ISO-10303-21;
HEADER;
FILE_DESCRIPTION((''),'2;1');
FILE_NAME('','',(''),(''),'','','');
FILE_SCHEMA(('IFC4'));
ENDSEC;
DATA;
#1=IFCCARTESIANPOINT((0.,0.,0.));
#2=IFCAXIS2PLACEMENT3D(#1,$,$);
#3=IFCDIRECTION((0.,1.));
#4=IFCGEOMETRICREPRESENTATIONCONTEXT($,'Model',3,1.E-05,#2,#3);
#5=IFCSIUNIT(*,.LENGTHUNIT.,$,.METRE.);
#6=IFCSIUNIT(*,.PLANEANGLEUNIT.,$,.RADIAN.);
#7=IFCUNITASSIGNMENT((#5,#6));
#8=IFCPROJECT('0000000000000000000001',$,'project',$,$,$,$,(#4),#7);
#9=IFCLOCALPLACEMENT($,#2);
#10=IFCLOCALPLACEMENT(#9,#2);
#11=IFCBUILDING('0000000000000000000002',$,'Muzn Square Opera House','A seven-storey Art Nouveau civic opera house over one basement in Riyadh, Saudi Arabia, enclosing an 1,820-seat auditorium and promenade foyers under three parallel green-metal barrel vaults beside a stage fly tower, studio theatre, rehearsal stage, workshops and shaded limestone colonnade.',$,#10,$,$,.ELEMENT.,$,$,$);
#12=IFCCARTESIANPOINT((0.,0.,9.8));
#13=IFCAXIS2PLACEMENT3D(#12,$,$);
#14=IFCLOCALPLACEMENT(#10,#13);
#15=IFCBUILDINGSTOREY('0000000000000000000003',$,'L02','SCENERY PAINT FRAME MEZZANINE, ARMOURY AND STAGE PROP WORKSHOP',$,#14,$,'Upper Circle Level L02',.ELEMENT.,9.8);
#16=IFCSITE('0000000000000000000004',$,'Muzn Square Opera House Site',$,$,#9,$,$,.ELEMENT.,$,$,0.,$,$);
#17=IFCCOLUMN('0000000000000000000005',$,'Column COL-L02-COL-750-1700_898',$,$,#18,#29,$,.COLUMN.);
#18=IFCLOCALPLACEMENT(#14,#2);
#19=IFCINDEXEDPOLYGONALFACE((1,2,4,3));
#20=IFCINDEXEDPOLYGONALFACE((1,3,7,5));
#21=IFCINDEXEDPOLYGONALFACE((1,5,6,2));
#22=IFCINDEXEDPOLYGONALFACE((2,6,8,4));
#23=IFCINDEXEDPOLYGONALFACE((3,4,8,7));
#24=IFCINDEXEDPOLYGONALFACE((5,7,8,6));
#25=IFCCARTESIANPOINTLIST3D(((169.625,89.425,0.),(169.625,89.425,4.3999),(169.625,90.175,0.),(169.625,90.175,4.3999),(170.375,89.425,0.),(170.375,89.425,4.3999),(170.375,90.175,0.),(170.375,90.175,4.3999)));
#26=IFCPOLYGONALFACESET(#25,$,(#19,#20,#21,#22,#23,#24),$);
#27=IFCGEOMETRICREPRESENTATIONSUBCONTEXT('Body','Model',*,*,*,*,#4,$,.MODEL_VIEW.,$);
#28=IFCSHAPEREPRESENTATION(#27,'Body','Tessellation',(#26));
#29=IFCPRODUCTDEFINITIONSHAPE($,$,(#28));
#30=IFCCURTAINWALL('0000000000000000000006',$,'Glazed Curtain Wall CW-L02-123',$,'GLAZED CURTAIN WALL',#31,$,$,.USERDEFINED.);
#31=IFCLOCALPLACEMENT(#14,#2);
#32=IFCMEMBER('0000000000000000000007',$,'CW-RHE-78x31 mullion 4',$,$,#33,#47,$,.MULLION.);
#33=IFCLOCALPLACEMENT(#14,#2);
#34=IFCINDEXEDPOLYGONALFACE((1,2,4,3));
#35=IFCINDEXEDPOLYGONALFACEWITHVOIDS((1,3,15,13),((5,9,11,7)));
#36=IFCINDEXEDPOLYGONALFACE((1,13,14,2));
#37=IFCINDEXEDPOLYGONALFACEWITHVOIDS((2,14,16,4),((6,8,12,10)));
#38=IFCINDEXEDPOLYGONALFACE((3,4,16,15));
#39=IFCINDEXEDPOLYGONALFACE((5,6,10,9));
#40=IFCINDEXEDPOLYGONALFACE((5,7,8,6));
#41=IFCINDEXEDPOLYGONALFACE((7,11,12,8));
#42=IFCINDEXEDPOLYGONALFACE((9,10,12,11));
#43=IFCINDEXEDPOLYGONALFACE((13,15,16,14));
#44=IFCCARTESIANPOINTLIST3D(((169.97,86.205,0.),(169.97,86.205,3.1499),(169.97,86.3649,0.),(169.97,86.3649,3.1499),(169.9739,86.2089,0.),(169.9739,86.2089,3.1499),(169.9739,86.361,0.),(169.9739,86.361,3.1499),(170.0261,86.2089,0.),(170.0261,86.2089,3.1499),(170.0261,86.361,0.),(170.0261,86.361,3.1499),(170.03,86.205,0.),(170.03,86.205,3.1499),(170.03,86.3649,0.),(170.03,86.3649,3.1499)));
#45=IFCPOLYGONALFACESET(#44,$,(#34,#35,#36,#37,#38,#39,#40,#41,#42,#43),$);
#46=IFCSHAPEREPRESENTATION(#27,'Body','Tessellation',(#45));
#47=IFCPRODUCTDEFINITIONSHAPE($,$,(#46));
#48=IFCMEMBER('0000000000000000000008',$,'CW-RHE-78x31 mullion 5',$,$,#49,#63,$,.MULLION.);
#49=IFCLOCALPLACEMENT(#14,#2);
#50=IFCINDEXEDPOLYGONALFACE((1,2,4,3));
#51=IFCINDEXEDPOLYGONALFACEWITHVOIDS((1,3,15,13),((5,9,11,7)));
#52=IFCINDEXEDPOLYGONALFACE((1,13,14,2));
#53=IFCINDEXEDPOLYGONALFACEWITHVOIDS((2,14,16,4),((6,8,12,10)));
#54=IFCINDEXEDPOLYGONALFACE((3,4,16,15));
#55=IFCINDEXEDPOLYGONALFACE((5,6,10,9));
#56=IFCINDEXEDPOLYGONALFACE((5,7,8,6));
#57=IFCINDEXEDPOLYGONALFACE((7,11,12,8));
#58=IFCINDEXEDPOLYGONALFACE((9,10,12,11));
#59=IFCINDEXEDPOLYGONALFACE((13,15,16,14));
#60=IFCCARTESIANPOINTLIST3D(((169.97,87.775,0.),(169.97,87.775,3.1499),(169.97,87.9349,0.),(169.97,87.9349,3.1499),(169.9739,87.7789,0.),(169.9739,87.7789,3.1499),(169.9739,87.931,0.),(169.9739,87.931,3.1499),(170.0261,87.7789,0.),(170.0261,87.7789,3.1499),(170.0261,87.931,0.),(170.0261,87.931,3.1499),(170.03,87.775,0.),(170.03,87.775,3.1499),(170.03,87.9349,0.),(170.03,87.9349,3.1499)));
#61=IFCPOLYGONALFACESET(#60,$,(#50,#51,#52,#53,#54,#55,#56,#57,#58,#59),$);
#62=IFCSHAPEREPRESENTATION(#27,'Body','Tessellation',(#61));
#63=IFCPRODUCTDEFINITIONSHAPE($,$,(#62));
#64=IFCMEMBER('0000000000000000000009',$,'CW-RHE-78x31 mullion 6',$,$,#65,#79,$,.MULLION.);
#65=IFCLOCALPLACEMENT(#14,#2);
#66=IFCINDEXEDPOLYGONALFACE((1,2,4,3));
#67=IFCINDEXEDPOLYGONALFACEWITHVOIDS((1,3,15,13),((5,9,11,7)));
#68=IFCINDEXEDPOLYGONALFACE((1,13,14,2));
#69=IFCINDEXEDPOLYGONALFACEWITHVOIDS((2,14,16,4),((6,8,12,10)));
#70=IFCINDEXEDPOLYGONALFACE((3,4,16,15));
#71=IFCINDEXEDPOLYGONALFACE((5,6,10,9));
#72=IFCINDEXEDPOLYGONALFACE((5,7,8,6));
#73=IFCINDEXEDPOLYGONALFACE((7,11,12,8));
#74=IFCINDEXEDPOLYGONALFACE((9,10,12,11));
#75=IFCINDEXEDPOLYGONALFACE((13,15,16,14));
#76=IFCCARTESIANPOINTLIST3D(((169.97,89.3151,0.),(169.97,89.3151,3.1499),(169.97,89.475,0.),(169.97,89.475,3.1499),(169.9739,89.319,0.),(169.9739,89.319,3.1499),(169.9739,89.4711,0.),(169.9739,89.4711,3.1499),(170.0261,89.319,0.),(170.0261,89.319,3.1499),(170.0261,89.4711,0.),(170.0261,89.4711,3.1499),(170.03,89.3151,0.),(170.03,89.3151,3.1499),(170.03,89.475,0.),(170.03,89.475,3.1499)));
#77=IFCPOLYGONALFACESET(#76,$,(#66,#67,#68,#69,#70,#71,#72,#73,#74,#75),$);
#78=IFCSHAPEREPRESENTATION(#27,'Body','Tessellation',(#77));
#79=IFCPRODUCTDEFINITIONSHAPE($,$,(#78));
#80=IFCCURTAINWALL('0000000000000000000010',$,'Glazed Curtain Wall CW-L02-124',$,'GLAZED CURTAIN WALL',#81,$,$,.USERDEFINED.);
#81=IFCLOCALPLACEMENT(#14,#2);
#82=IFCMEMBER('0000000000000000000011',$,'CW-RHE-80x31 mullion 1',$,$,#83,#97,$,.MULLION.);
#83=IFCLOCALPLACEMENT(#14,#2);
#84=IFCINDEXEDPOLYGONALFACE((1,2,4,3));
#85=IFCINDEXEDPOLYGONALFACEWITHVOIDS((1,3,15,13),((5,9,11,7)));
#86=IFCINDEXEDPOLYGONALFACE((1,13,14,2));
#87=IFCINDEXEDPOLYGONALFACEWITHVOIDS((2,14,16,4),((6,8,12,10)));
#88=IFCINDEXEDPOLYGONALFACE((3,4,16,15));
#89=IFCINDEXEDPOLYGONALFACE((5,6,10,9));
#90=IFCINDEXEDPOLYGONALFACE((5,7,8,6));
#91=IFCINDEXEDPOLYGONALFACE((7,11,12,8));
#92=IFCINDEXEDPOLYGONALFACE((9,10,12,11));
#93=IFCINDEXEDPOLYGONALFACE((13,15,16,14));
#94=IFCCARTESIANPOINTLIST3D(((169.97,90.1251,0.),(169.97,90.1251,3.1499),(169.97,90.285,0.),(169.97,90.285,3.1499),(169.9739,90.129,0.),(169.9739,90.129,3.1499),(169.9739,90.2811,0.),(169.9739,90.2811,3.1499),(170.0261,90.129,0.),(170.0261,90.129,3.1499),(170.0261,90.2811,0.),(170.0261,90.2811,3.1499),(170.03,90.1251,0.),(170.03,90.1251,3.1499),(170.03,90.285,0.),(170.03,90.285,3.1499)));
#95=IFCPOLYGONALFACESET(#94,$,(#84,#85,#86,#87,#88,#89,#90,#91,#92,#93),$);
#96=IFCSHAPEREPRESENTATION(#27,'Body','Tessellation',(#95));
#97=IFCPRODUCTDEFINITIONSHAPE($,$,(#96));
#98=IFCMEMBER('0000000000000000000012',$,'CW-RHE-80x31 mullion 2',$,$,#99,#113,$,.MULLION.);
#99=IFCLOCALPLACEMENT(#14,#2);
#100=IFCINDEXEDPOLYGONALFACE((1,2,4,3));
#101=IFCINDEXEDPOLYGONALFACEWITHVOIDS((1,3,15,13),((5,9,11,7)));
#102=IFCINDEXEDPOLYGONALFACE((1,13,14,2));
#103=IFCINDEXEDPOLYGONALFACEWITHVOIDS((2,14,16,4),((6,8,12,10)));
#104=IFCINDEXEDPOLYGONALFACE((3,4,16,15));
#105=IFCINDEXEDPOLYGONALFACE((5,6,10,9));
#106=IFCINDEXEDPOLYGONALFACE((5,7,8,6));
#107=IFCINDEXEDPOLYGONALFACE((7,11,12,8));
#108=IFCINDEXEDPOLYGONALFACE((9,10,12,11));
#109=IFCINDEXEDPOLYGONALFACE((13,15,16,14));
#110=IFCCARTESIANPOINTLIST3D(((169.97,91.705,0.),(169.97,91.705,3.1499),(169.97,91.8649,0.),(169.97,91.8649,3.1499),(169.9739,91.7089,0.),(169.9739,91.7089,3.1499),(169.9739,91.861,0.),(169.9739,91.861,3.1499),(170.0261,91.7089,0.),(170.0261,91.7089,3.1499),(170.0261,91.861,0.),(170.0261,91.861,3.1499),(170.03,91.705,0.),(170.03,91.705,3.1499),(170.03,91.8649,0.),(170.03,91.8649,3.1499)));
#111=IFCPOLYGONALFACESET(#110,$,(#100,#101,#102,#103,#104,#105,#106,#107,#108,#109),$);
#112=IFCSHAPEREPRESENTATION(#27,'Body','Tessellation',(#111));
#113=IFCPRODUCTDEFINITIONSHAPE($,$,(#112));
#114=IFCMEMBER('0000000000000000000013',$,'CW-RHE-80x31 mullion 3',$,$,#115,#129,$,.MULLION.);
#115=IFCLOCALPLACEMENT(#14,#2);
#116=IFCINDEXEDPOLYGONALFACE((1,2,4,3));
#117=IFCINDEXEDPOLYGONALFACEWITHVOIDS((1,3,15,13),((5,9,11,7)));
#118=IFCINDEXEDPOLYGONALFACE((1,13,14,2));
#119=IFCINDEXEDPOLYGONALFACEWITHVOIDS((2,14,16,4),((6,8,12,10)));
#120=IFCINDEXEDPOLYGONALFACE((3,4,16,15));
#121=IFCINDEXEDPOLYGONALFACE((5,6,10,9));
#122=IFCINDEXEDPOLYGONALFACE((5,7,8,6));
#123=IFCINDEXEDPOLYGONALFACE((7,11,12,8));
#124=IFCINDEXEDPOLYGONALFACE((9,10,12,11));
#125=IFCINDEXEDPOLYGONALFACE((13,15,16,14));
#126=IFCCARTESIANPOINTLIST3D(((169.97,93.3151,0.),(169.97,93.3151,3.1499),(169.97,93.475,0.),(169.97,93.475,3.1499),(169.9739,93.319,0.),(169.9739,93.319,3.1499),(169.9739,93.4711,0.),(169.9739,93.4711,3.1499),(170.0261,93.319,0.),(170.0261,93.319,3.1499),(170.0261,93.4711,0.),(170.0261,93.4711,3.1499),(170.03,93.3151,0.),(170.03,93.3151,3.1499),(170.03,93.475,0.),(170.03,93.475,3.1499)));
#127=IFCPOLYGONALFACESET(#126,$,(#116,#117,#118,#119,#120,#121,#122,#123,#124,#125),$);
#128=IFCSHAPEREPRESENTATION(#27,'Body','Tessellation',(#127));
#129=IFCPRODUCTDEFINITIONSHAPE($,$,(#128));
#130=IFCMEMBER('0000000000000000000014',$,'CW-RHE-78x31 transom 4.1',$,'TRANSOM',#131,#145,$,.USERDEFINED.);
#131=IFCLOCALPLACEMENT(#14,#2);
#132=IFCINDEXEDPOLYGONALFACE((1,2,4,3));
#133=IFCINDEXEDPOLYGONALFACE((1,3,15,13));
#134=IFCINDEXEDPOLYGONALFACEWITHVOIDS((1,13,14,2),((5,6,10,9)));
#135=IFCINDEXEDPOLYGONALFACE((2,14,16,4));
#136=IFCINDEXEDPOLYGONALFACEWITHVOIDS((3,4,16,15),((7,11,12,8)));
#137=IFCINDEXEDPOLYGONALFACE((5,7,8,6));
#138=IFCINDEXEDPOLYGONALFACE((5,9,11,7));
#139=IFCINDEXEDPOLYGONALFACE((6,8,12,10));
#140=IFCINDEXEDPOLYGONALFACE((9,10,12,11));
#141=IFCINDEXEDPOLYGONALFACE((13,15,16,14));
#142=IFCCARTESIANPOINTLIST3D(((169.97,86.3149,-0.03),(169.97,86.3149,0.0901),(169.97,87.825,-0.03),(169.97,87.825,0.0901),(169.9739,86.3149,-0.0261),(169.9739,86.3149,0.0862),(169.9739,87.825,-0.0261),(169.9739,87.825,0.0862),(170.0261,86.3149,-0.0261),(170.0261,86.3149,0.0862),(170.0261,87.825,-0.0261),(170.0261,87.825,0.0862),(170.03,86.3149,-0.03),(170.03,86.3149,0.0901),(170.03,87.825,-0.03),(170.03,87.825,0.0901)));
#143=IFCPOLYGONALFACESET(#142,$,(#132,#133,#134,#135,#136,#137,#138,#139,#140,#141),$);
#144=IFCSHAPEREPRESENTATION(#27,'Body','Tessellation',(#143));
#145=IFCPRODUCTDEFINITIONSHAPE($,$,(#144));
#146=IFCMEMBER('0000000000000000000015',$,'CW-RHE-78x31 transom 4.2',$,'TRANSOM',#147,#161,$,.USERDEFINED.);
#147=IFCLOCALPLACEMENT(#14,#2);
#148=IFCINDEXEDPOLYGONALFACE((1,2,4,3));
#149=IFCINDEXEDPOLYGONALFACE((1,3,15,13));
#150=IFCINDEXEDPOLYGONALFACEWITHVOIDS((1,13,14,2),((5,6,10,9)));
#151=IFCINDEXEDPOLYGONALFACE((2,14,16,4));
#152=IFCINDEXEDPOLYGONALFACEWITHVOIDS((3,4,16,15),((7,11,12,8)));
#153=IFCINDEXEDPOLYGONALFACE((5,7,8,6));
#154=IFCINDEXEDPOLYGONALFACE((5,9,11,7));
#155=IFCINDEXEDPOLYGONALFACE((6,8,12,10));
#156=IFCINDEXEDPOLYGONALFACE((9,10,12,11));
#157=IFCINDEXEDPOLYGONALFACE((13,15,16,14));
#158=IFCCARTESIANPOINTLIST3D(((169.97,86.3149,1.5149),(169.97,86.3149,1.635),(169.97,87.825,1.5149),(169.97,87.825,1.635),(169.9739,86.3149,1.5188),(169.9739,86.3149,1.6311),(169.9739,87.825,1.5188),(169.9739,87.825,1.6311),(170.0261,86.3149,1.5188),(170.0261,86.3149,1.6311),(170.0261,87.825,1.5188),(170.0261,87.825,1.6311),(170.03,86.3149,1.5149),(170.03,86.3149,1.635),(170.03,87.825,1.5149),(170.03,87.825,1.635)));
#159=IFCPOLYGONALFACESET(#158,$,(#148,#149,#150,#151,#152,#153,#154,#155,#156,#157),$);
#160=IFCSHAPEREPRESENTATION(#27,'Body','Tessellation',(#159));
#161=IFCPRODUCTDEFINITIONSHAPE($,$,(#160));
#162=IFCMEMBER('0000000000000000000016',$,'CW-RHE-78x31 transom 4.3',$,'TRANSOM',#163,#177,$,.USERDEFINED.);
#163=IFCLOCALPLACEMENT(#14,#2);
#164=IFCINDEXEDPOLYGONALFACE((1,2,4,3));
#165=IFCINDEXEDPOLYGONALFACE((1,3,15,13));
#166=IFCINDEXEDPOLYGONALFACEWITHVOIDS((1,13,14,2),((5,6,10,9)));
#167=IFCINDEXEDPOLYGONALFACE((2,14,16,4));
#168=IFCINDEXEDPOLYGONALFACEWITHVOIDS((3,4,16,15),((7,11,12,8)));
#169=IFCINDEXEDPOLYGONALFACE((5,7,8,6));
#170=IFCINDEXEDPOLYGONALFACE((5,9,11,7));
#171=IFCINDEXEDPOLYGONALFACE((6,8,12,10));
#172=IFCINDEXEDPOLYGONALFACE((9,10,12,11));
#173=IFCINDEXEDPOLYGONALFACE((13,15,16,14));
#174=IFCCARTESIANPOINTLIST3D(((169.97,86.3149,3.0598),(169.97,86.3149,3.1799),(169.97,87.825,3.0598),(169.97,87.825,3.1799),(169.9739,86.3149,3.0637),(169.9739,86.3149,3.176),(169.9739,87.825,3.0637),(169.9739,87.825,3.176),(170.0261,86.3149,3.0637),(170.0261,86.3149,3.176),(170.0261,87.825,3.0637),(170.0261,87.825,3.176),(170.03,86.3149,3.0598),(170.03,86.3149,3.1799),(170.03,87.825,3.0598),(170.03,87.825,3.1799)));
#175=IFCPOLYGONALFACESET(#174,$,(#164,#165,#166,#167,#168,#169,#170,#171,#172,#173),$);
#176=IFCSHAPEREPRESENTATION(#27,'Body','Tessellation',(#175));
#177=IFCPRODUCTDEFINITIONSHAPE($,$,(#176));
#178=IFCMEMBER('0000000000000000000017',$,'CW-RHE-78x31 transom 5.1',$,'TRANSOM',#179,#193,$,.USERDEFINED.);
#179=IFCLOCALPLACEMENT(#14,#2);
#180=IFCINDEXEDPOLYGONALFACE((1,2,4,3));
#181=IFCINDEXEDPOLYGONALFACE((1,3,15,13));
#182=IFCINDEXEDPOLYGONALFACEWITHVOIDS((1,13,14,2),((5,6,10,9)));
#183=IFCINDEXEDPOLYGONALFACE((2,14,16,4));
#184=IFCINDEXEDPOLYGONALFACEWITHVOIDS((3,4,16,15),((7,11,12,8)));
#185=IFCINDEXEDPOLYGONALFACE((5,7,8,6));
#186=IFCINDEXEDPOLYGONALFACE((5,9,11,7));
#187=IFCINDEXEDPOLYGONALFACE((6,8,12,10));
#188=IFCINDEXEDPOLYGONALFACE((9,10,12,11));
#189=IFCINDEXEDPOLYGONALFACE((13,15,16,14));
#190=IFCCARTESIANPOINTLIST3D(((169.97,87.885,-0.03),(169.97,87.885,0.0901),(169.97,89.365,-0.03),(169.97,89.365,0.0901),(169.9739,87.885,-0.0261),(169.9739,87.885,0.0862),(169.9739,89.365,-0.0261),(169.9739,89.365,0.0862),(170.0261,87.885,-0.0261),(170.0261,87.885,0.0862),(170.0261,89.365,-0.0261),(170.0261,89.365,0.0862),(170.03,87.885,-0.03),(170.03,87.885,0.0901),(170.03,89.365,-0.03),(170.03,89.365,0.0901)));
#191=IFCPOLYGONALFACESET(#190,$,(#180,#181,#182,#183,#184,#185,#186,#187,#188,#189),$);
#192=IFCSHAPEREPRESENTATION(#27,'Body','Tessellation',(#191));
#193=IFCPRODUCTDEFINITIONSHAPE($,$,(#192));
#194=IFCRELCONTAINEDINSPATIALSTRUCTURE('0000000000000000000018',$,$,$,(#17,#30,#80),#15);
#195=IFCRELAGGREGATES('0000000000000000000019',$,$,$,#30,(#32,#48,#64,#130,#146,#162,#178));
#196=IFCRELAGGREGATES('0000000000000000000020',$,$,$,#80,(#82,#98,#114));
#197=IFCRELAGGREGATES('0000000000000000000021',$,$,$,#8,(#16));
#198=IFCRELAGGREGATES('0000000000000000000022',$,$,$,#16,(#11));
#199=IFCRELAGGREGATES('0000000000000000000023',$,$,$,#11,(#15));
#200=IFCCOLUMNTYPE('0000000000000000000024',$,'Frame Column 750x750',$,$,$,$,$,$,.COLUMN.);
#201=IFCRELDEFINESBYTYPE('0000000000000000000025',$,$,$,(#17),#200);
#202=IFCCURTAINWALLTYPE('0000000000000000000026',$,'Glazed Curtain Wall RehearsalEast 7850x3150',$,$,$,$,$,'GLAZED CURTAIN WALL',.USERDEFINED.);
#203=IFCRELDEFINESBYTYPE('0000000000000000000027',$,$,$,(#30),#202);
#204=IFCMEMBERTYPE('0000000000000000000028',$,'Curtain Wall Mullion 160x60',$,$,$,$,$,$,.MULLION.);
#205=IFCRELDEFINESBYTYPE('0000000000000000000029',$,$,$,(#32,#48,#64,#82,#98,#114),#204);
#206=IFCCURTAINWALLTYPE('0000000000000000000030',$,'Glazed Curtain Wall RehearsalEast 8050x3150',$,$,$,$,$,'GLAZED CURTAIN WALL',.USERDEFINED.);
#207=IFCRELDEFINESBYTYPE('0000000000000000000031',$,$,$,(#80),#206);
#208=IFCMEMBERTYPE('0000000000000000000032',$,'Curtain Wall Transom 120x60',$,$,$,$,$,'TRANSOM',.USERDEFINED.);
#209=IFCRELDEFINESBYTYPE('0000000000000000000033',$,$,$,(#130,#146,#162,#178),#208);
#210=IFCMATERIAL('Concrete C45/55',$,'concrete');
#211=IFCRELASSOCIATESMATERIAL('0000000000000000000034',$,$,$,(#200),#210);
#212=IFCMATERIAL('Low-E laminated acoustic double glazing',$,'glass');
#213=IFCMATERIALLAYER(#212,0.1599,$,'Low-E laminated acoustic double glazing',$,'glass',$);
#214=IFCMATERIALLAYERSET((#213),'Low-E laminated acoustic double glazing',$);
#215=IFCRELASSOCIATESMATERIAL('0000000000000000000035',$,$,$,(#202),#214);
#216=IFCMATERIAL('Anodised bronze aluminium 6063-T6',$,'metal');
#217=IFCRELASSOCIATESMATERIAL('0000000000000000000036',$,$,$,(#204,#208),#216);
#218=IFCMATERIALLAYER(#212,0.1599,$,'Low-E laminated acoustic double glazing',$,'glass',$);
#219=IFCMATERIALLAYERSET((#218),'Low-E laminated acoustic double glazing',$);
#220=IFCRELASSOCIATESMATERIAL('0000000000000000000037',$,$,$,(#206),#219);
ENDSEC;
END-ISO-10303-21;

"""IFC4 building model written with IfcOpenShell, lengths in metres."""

from ifc_helpers import new_model, si_unit, direction, frame, origin, origin_2d, place, context, subcontext, project, spatial, rectangle, hollow_rectangle, extrude, material, layer, layer_set, material_profile, profile_set, type_object, element, aggregate, save


model = new_model("IFC4")

# Units and contexts
model_context = context("Model", 3, precision=1e-05, world=origin(), true_north=direction((0.0, 1.0)))
body_context = subcontext(model_context, "Body", "Model", "MODEL_VIEW")
ifc_project = project(units=[si_unit("LENGTHUNIT", "METRE"), si_unit("PLANEANGLEUNIT", "RADIAN")], contexts=[model_context])

# Site, building, storey
site_placement = place(None, origin())
site = spatial("IfcSite", under=ifc_project, at=site_placement, Name="Muzn Square Opera House Site", CompositionType="ELEMENT", RefElevation=0.0)
building_placement = place(site_placement, origin())
building = spatial("IfcBuilding", under=site, at=building_placement, Name="Muzn Square Opera House", Description="A seven-storey Art Nouveau civic opera house over one basement in Riyadh, Saudi Arabia, enclosing an 1,820-seat auditorium and promenade foyers under three parallel green-metal barrel vaults beside a stage fly tower, studio theatre, rehearsal stage, workshops and shaded limestone colonnade.", CompositionType="ELEMENT")
storey_placement = place(building_placement, frame((0.0, 0.0, 9.8)))
storey = spatial("IfcBuildingStorey", under=building, at=storey_placement, Name="L02", Description="SCENERY PAINT FRAME MEZZANINE, ARMOURY AND STAGE PROP WORKSHOP", LongName="Upper Circle Level L02", CompositionType="ELEMENT", Elevation=9.8)

# Column
ifc_material_1 = material(Name="Concrete C45/55", Category="concrete")
ifc_material_profile_1 = material_profile(ifc_material_1, rectangle(XDim=0.75, YDim=0.75, at=origin_2d()), Name="RC 750x750", Category="concrete")
ifc_profile_set_1 = profile_set([ifc_material_profile_1], Name="Concrete C45/55")
column_type = type_object("IfcColumnType", Name="Frame Column 750x750", PredefinedType="COLUMN", material=ifc_profile_set_1)
column_placement = place(storey_placement, frame((170.0, 89.8, 0.0), z_axis=(0.0, 0.0, 1.0), x_axis=(1.0, 0.0, 0.0)))
element("IfcColumn", 1, at=column_placement, inside=storey, type_object=column_type, Name="Column COL-L02-COL-750-1700_898", PredefinedType="COLUMN", context=body_context, shape_type="SweptSolid", body=[
    extrude(rectangle(XDim=0.75, YDim=0.75, at=origin_2d()), origin(), (0.0, 0.0, 1.0), 4.3999),
])

# Curtain walls, members
ifc_material_2 = material(Name="Low-E laminated acoustic double glazing", Category="glass")
ifc_layer_1 = layer(ifc_material_2, 0.1599, Name="Low-E laminated acoustic double glazing", Category="glass")
ifc_layer_set_1 = layer_set([ifc_layer_1], Name="Low-E laminated acoustic double glazing")
curtain_wall_type_1 = type_object("IfcCurtainWallType", Name="Glazed Curtain Wall RehearsalEast 7850x3150", ElementType="GLAZED CURTAIN WALL", PredefinedType="USERDEFINED", material=ifc_layer_set_1)
curtain_wall_1_placement = place(storey_placement, origin())
curtain_wall_1 = element("IfcCurtainWall", 2, at=curtain_wall_1_placement, inside=storey, type_object=curtain_wall_type_1, Name="Glazed Curtain Wall CW-L02-123", ObjectType="GLAZED CURTAIN WALL", PredefinedType="USERDEFINED")
ifc_material_3 = material(Name="Anodised bronze aluminium 6063-T6", Category="metal")
ifc_material_profile_2 = material_profile(ifc_material_3, hollow_rectangle(XDim=0.0601, YDim=0.1599, WallThickness=0.0039, at=origin_2d()), Name="ALU 160x60x4", Category="metal")
ifc_profile_set_2 = profile_set([ifc_material_profile_2], Name="Anodised bronze aluminium 6063-T6")
member_type_1 = type_object("IfcMemberType", Name="Curtain Wall Mullion 160x60", PredefinedType="MULLION", material=ifc_profile_set_2)
member_1_placement = place(storey_placement, frame((170.0, 86.2849, 0.0), z_axis=(0.0, 0.0, 1.0), x_axis=(-1.0, 0.0, 0.0)))
member_1 = element("IfcMember", 3, at=member_1_placement, type_object=member_type_1, Name="CW-RHE-78x31 mullion 4", PredefinedType="MULLION", context=body_context, shape_type="SweptSolid", body=[
    extrude(hollow_rectangle(XDim=0.0601, YDim=0.1599, WallThickness=0.0039, at=origin_2d()), origin(), (0.0, 0.0, 1.0), 3.1499),
])
member_2_placement = place(storey_placement, frame((170.0, 87.855, 0.0), z_axis=(0.0, 0.0, 1.0), x_axis=(-1.0, 0.0, 0.0)))
member_2 = element("IfcMember", 4, at=member_2_placement, type_object=member_type_1, Name="CW-RHE-78x31 mullion 5", PredefinedType="MULLION", context=body_context, shape_type="SweptSolid", body=[
    extrude(hollow_rectangle(XDim=0.0601, YDim=0.1599, WallThickness=0.0039, at=origin_2d()), origin(), (0.0, 0.0, 1.0), 3.1499),
])
member_3_placement = place(storey_placement, frame((170.0, 89.395, 0.0), z_axis=(0.0, 0.0, 1.0), x_axis=(-1.0, 0.0, 0.0)))
member_3 = element("IfcMember", 5, at=member_3_placement, type_object=member_type_1, Name="CW-RHE-78x31 mullion 6", PredefinedType="MULLION", context=body_context, shape_type="SweptSolid", body=[
    extrude(hollow_rectangle(XDim=0.0601, YDim=0.1599, WallThickness=0.0039, at=origin_2d()), origin(), (0.0, 0.0, 1.0), 3.1499),
])
ifc_layer_2 = layer(ifc_material_2, 0.1599, Name="Low-E laminated acoustic double glazing", Category="glass")
ifc_layer_set_2 = layer_set([ifc_layer_2], Name="Low-E laminated acoustic double glazing")
curtain_wall_type_2 = type_object("IfcCurtainWallType", Name="Glazed Curtain Wall RehearsalEast 8050x3150", ElementType="GLAZED CURTAIN WALL", PredefinedType="USERDEFINED", material=ifc_layer_set_2)
curtain_wall_2_placement = place(storey_placement, origin())
curtain_wall_2 = element("IfcCurtainWall", 6, at=curtain_wall_2_placement, inside=storey, type_object=curtain_wall_type_2, Name="Glazed Curtain Wall CW-L02-124", ObjectType="GLAZED CURTAIN WALL", PredefinedType="USERDEFINED")
member_4_placement = place(storey_placement, frame((170.0, 90.2051, 0.0), z_axis=(0.0, 0.0, 1.0), x_axis=(-1.0, 0.0, 0.0)))
member_4 = element("IfcMember", 7, at=member_4_placement, type_object=member_type_1, Name="CW-RHE-80x31 mullion 1", PredefinedType="MULLION", context=body_context, shape_type="SweptSolid", body=[
    extrude(hollow_rectangle(XDim=0.0601, YDim=0.1599, WallThickness=0.0039, at=origin_2d()), origin(), (0.0, 0.0, 1.0), 3.1499),
])
member_5_placement = place(storey_placement, frame((170.0, 91.7849, 0.0), z_axis=(0.0, 0.0, 1.0), x_axis=(-1.0, 0.0, 0.0)))
member_5 = element("IfcMember", 8, at=member_5_placement, type_object=member_type_1, Name="CW-RHE-80x31 mullion 2", PredefinedType="MULLION", context=body_context, shape_type="SweptSolid", body=[
    extrude(hollow_rectangle(XDim=0.0601, YDim=0.1599, WallThickness=0.0039, at=origin_2d()), origin(), (0.0, 0.0, 1.0), 3.1499),
])
member_6_placement = place(storey_placement, frame((170.0, 93.395, 0.0), z_axis=(0.0, 0.0, 1.0), x_axis=(-1.0, 0.0, 0.0)))
member_6 = element("IfcMember", 9, at=member_6_placement, type_object=member_type_1, Name="CW-RHE-80x31 mullion 3", PredefinedType="MULLION", context=body_context, shape_type="SweptSolid", body=[
    extrude(hollow_rectangle(XDim=0.0601, YDim=0.1599, WallThickness=0.0039, at=origin_2d()), origin(), (0.0, 0.0, 1.0), 3.1499),
])

# Members
ifc_material_profile_3 = material_profile(ifc_material_3, hollow_rectangle(XDim=0.0601, YDim=0.1201, WallThickness=0.0039, at=origin_2d()), Name="ALU 120x60x4", Category="metal")
ifc_profile_set_3 = profile_set([ifc_material_profile_3], Name="Anodised bronze aluminium 6063-T6")
member_type_2 = type_object("IfcMemberType", Name="Curtain Wall Transom 120x60", ElementType="TRANSOM", PredefinedType="USERDEFINED", material=ifc_profile_set_3)
member_7_placement = place(storey_placement, frame((170.0, 86.3149, 0.03), z_axis=(0.0, 1.0, 0.0), x_axis=(-1.0, 0.0, 0.0)))
member_7 = element("IfcMember", 10, at=member_7_placement, type_object=member_type_2, Name="CW-RHE-78x31 transom 4.1", ObjectType="TRANSOM", PredefinedType="USERDEFINED", context=body_context, shape_type="SweptSolid", body=[
    extrude(hollow_rectangle(XDim=0.0601, YDim=0.1201, WallThickness=0.0039, at=origin_2d()), origin(), (0.0, 0.0, 1.0), 1.51),
])
member_8_placement = place(storey_placement, frame((170.0, 86.3149, 1.575), z_axis=(0.0, 1.0, 0.0), x_axis=(-1.0, 0.0, 0.0)))
member_8 = element("IfcMember", 11, at=member_8_placement, type_object=member_type_2, Name="CW-RHE-78x31 transom 4.2", ObjectType="TRANSOM", PredefinedType="USERDEFINED", context=body_context, shape_type="SweptSolid", body=[
    extrude(hollow_rectangle(XDim=0.0601, YDim=0.1201, WallThickness=0.0039, at=origin_2d()), origin(), (0.0, 0.0, 1.0), 1.51),
])
member_9_placement = place(storey_placement, frame((170.0, 86.3149, 3.1199), z_axis=(0.0, 1.0, 0.0), x_axis=(-1.0, 0.0, 0.0)))
member_9 = element("IfcMember", 12, at=member_9_placement, type_object=member_type_2, Name="CW-RHE-78x31 transom 4.3", ObjectType="TRANSOM", PredefinedType="USERDEFINED", context=body_context, shape_type="SweptSolid", body=[
    extrude(hollow_rectangle(XDim=0.0601, YDim=0.1201, WallThickness=0.0039, at=origin_2d()), origin(), (0.0, 0.0, 1.0), 1.51),
])
member_10_placement = place(storey_placement, frame((170.0, 87.885, 0.03), z_axis=(0.0, 1.0, 0.0), x_axis=(-1.0, 0.0, 0.0)))
member_10 = element("IfcMember", 13, at=member_10_placement, type_object=member_type_2, Name="CW-RHE-78x31 transom 5.1", ObjectType="TRANSOM", PredefinedType="USERDEFINED", context=body_context, shape_type="SweptSolid", body=[
    extrude(hollow_rectangle(XDim=0.0601, YDim=0.1201, WallThickness=0.0039, at=origin_2d()), origin(), (0.0, 0.0, 1.0), 1.48),
])

aggregate(curtain_wall_1, [member_1, member_2, member_3, member_7, member_8, member_9, member_10])
aggregate(curtain_wall_2, [member_4, member_5, member_6])

save(model, "model.ifc")
